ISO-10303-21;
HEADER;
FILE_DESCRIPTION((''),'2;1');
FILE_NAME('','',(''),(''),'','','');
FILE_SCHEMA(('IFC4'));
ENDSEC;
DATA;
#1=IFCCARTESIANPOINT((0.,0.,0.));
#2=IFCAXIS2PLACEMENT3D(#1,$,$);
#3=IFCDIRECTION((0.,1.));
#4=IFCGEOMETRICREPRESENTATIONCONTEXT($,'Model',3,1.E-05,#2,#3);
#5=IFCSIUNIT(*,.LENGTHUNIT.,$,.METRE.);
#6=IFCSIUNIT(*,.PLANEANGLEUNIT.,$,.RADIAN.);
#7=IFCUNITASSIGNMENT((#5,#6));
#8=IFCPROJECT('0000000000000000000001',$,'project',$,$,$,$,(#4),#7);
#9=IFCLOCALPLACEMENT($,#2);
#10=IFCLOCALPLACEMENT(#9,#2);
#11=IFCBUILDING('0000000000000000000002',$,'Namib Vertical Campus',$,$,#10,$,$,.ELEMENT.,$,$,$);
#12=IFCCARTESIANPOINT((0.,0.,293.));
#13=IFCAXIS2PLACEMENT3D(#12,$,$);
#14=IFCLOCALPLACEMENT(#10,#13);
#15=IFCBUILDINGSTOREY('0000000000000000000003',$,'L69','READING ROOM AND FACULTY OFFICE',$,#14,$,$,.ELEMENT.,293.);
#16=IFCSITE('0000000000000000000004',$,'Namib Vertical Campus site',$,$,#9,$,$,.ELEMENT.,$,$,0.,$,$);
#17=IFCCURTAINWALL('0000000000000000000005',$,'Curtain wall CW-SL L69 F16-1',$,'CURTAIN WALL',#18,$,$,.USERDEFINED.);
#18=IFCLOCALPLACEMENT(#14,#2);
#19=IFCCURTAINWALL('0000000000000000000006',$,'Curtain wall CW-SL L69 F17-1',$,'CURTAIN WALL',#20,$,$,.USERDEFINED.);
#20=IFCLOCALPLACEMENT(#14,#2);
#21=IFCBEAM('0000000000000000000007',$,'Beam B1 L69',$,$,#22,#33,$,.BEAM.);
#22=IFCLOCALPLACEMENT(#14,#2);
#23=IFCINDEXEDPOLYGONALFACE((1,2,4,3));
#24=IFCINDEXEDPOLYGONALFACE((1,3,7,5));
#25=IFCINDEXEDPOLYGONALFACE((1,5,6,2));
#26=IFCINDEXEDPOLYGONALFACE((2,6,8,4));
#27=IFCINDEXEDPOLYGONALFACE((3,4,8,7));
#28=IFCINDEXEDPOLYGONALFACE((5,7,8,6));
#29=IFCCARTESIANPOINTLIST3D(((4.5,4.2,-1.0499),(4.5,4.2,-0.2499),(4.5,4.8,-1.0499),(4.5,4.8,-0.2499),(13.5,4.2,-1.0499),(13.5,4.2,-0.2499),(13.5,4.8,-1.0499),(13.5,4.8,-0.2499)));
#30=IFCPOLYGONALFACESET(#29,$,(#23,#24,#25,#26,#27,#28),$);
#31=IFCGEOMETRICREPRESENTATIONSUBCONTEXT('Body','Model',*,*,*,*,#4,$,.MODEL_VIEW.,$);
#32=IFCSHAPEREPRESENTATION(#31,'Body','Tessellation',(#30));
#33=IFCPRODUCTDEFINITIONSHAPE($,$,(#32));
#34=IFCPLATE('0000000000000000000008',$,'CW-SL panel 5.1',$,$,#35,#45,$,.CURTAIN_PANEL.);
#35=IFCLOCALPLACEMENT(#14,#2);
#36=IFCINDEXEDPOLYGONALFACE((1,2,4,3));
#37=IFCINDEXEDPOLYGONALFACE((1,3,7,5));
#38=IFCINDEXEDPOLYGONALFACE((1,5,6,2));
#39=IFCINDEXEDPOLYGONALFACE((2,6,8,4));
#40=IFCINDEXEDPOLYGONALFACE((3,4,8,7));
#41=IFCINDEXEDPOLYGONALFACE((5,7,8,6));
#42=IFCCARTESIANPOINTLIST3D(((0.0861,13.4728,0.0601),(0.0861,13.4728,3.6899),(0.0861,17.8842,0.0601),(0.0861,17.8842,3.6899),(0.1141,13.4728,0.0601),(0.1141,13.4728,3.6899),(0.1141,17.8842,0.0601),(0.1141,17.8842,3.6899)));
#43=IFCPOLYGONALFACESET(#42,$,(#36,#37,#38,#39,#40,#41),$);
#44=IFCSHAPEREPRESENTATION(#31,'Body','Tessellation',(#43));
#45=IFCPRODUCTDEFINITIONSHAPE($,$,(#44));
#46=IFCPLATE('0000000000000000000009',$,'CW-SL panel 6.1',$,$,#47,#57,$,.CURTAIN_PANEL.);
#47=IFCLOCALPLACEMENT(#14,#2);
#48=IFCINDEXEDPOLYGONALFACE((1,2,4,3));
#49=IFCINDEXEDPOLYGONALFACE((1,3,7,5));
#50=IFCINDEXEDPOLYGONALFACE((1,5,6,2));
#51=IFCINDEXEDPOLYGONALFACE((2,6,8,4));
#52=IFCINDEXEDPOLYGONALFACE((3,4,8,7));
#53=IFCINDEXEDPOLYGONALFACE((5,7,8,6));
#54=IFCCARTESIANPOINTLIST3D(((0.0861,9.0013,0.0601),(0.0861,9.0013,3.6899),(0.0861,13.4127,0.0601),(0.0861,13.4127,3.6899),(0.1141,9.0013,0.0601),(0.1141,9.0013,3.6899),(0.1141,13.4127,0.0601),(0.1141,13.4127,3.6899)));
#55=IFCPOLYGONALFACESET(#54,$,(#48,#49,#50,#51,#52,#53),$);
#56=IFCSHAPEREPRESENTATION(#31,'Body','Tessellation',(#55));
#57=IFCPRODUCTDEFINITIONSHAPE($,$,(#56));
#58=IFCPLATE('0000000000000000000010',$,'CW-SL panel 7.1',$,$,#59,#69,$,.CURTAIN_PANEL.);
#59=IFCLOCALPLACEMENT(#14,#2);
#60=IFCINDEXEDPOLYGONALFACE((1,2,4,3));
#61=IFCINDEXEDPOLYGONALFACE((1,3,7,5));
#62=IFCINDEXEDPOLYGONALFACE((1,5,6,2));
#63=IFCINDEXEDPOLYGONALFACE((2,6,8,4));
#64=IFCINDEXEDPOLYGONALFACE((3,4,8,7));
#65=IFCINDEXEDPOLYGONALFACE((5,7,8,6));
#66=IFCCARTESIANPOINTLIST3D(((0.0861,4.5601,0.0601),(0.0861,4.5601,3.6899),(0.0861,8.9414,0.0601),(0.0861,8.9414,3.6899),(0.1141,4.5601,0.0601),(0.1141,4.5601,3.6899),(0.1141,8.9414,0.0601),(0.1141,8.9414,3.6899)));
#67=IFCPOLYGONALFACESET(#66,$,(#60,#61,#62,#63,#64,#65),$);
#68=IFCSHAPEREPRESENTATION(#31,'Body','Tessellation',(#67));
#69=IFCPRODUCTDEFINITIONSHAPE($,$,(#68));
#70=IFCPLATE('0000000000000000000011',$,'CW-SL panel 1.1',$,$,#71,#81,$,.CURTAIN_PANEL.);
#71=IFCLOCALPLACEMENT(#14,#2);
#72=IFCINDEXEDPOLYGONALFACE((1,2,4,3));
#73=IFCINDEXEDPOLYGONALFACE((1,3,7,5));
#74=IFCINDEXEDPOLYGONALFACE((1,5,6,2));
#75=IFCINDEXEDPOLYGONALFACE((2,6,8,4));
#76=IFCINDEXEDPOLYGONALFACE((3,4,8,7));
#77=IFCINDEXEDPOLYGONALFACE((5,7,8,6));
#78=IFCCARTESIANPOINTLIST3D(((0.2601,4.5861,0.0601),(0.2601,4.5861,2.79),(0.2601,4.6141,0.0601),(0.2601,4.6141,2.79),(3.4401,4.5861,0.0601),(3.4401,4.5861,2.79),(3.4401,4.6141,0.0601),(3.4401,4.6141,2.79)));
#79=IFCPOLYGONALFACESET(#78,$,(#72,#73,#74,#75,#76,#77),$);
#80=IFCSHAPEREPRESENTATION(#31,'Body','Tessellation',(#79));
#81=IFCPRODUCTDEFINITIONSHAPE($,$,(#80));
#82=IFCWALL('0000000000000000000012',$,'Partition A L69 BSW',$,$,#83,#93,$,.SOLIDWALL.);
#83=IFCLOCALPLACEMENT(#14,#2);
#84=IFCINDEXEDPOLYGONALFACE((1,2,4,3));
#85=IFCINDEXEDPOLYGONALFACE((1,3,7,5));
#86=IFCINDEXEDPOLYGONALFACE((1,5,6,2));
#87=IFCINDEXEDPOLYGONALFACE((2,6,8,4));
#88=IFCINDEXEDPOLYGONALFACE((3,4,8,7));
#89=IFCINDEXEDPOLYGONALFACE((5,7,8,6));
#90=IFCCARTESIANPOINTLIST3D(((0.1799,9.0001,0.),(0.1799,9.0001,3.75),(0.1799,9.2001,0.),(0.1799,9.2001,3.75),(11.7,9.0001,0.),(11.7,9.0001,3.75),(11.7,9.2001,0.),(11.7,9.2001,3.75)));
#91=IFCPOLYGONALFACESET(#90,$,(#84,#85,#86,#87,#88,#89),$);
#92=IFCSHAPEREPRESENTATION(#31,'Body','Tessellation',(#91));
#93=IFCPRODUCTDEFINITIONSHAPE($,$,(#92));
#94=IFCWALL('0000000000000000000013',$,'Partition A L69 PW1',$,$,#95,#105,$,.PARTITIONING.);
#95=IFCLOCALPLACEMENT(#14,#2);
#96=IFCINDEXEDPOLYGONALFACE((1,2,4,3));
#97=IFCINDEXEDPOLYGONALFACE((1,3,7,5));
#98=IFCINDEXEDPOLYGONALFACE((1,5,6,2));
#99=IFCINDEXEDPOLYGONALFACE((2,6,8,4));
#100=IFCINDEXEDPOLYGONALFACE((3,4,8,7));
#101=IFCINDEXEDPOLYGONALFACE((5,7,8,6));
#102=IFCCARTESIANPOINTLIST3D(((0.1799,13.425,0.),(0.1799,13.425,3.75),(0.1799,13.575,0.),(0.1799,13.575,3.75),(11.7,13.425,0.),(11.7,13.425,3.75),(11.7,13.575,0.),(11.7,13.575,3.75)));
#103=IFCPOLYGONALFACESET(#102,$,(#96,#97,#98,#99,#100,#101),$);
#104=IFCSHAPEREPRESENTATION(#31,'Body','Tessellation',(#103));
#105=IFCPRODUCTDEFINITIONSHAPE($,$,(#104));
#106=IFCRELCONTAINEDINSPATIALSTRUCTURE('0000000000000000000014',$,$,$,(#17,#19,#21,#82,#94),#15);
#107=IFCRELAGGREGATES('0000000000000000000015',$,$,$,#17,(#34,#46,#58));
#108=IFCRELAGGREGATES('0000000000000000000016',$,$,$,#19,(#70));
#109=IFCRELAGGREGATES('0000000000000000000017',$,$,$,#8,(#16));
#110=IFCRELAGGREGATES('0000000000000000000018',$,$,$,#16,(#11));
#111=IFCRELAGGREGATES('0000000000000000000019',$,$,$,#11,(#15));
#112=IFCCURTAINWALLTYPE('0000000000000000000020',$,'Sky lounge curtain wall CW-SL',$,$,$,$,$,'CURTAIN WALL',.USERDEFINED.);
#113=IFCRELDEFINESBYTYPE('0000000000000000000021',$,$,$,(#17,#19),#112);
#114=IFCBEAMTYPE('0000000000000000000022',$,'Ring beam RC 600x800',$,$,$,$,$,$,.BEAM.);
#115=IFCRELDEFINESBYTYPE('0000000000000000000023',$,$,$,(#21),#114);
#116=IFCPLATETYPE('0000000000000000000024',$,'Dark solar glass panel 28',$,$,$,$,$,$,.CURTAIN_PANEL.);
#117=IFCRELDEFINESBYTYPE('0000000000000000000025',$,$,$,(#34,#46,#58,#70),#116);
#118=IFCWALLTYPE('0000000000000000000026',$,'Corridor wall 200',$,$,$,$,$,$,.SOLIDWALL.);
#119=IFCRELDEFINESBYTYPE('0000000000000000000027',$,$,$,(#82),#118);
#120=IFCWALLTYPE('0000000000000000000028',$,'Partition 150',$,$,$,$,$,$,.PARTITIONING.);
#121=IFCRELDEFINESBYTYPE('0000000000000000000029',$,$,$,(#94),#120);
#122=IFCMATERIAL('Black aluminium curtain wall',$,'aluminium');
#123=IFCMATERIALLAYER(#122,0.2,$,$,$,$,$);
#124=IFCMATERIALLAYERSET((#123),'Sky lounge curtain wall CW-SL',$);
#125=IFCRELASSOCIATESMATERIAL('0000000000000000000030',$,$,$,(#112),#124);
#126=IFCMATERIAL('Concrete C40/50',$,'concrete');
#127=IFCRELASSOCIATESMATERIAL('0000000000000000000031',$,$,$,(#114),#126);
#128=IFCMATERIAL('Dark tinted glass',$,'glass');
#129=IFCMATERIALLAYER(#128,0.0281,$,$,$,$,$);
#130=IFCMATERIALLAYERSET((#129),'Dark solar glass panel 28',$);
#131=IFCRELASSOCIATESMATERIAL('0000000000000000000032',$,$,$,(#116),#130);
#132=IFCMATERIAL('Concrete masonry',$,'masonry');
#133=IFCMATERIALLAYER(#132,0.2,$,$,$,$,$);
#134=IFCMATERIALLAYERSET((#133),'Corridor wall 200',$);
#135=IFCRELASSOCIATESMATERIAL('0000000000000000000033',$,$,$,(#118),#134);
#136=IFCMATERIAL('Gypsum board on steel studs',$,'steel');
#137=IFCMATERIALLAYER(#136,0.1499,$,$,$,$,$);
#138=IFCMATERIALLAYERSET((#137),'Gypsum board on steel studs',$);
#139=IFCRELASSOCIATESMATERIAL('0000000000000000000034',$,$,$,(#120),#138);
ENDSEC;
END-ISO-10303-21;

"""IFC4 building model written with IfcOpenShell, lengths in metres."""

from ifc_helpers import new_model, si_unit, direction, frame, frame_2d, origin, origin_2d, place, context, subcontext, project, spatial, rectangle, extrude, material, layer, layer_set, material_profile, profile_set, type_object, element, aggregate, save


model = new_model("IFC4")

# Units and contexts
model_context = context("Model", 3, precision=1e-05, world=origin(), true_north=direction((0.0, 1.0)))
body_context = subcontext(model_context, "Body", "Model", "MODEL_VIEW")
ifc_project = project(units=[si_unit("LENGTHUNIT", "METRE"), si_unit("PLANEANGLEUNIT", "RADIAN")], contexts=[model_context])

# Site, building, storey
site_placement = place(None, origin())
site = spatial("IfcSite", under=ifc_project, at=site_placement, Name="Namib Vertical Campus site", CompositionType="ELEMENT", RefElevation=0.0)
building_placement = place(site_placement, origin())
building = spatial("IfcBuilding", under=site, at=building_placement, Name="Namib Vertical Campus", CompositionType="ELEMENT")
storey_placement = place(building_placement, frame((0.0, 0.0, 293.0)))
storey = spatial("IfcBuildingStorey", under=building, at=storey_placement, Name="L69", Description="READING ROOM AND FACULTY OFFICE", CompositionType="ELEMENT", Elevation=293.0)

# Curtain walls
ifc_material_1 = material(Name="Black aluminium curtain wall", Category="aluminium")
ifc_layer_1 = layer(ifc_material_1, 0.2)
ifc_layer_set_1 = layer_set([ifc_layer_1], Name="Sky lounge curtain wall CW-SL")
curtain_wall_type = type_object("IfcCurtainWallType", Name="Sky lounge curtain wall CW-SL", ElementType="CURTAIN WALL", PredefinedType="USERDEFINED", material=ifc_layer_set_1)
curtain_wall_1_placement = place(storey_placement, origin())
curtain_wall_1 = element("IfcCurtainWall", 1, at=curtain_wall_1_placement, inside=storey, type_object=curtain_wall_type, Name="Curtain wall CW-SL L69 F16-1", ObjectType="CURTAIN WALL", PredefinedType="USERDEFINED")
curtain_wall_2_placement = place(storey_placement, origin())
curtain_wall_2 = element("IfcCurtainWall", 2, at=curtain_wall_2_placement, inside=storey, type_object=curtain_wall_type, Name="Curtain wall CW-SL L69 F17-1", ObjectType="CURTAIN WALL", PredefinedType="USERDEFINED")

# Beam
ifc_material_2 = material(Name="Concrete C40/50", Category="concrete")
ifc_material_profile_1 = material_profile(ifc_material_2, rectangle(XDim=0.6001, YDim=0.8, at=origin_2d()))
ifc_profile_set_1 = profile_set([ifc_material_profile_1], Name="Concrete C40/50")
beam_type_1 = type_object("IfcBeamType", Name="Ring beam RC 600x800", PredefinedType="BEAM", material=ifc_profile_set_1)
beam_1_placement = place(storey_placement, frame((4.5, 4.5, -0.6499), z_axis=(1.0, 0.0, 0.0), x_axis=(0.0, 1.0, 0.0)))
element("IfcBeam", 3, at=beam_1_placement, inside=storey, type_object=beam_type_1, Name="Beam B1 L69", PredefinedType="BEAM", context=body_context, shape_type="SweptSolid", body=[
    extrude(rectangle(XDim=0.6001, YDim=0.8, at=origin_2d()), origin(), (0.0, 0.0, 1.0), 9.0),
])

# Plates
ifc_material_3 = material(Name="Dark tinted glass", Category="glass")
ifc_layer_2 = layer(ifc_material_3, 0.0281)
ifc_layer_set_2 = layer_set([ifc_layer_2], Name="Dark solar glass panel 28")
plate_type = type_object("IfcPlateType", Name="Dark solar glass panel 28", PredefinedType="CURTAIN_PANEL", material=ifc_layer_set_2)
plate_1_placement = place(storey_placement, frame((0.1001, 15.6785, 0.0601), z_axis=(0.0, 0.0, 1.0), x_axis=(0.0, -1.0, 0.0)))
plate_1 = element("IfcPlate", 4, at=plate_1_placement, type_object=plate_type, Name="CW-SL panel 5.1", PredefinedType="CURTAIN_PANEL", context=body_context, shape_type="SweptSolid", body=[
    extrude(rectangle(XDim=4.4114, YDim=0.0281, at=origin_2d()), origin(), (0.0, 0.0, 1.0), 3.6299),
])
plate_2_placement = place(storey_placement, frame((0.1001, 11.207, 0.0601), z_axis=(0.0, 0.0, 1.0), x_axis=(0.0, -1.0, 0.0)))
plate_2 = element("IfcPlate", 5, at=plate_2_placement, type_object=plate_type, Name="CW-SL panel 6.1", PredefinedType="CURTAIN_PANEL", context=body_context, shape_type="SweptSolid", body=[
    extrude(rectangle(XDim=4.4114, YDim=0.0281, at=origin_2d()), origin(), (0.0, 0.0, 1.0), 3.6299),
])
plate_3_placement = place(storey_placement, frame((0.1001, 6.7507, 0.0601), z_axis=(0.0, 0.0, 1.0), x_axis=(0.0, -1.0, 0.0)))
plate_3 = element("IfcPlate", 6, at=plate_3_placement, type_object=plate_type, Name="CW-SL panel 7.1", PredefinedType="CURTAIN_PANEL", context=body_context, shape_type="SweptSolid", body=[
    extrude(rectangle(XDim=4.3813, YDim=0.0281, at=origin_2d()), origin(), (0.0, 0.0, 1.0), 3.6299),
])
aggregate(curtain_wall_1, [plate_1, plate_2, plate_3])
plate_4_placement = place(storey_placement, frame((1.8501, 4.6001, 0.0601), z_axis=(0.0, 0.0, 1.0), x_axis=(1.0, 0.0, 0.0)))
plate_4 = element("IfcPlate", 7, at=plate_4_placement, type_object=plate_type, Name="CW-SL panel 1.1", PredefinedType="CURTAIN_PANEL", context=body_context, shape_type="SweptSolid", body=[
    extrude(rectangle(XDim=3.1799, YDim=0.0281, at=origin_2d()), origin(), (0.0, 0.0, 1.0), 2.73),
])
aggregate(curtain_wall_2, [plate_4])

# Walls
ifc_material_4 = material(Name="Concrete masonry", Category="masonry")
ifc_layer_3 = layer(ifc_material_4, 0.2)
ifc_layer_set_3 = layer_set([ifc_layer_3], Name="Corridor wall 200")
wall_type_1 = type_object("IfcWallType", Name="Corridor wall 200", PredefinedType="SOLIDWALL", material=ifc_layer_set_3)
wall_1_placement = place(storey_placement, frame((0.1799, 9.1001, 0.0), z_axis=(0.0, 0.0, 1.0), x_axis=(1.0, 0.0, 0.0)))
element("IfcWall", 8, at=wall_1_placement, inside=storey, type_object=wall_type_1, Name="Partition A L69 BSW", PredefinedType="SOLIDWALL", context=body_context, shape_type="SweptSolid", body=[
    extrude(rectangle(XDim=11.52, YDim=0.2, at=frame_2d((5.76, 0.0))), origin(), (0.0, 0.0, 1.0), 3.75),
])
ifc_material_5 = material(Name="Gypsum board on steel studs", Category="steel")
ifc_layer_4 = layer(ifc_material_5, 0.1499)
ifc_layer_set_4 = layer_set([ifc_layer_4], Name="Gypsum board on steel studs")
wall_type_2 = type_object("IfcWallType", Name="Partition 150", PredefinedType="PARTITIONING", material=ifc_layer_set_4)
wall_2_placement = place(storey_placement, frame((0.1799, 13.5, 0.0), z_axis=(0.0, 0.0, 1.0), x_axis=(1.0, 0.0, 0.0)))
element("IfcWall", 9, at=wall_2_placement, inside=storey, type_object=wall_type_2, Name="Partition A L69 PW1", PredefinedType="PARTITIONING", context=body_context, shape_type="SweptSolid", body=[
    extrude(rectangle(XDim=11.52, YDim=0.1499, at=frame_2d((5.76, 0.0))), origin(), (0.0, 0.0, 1.0), 3.75),
])

save(model, "model.ifc")
